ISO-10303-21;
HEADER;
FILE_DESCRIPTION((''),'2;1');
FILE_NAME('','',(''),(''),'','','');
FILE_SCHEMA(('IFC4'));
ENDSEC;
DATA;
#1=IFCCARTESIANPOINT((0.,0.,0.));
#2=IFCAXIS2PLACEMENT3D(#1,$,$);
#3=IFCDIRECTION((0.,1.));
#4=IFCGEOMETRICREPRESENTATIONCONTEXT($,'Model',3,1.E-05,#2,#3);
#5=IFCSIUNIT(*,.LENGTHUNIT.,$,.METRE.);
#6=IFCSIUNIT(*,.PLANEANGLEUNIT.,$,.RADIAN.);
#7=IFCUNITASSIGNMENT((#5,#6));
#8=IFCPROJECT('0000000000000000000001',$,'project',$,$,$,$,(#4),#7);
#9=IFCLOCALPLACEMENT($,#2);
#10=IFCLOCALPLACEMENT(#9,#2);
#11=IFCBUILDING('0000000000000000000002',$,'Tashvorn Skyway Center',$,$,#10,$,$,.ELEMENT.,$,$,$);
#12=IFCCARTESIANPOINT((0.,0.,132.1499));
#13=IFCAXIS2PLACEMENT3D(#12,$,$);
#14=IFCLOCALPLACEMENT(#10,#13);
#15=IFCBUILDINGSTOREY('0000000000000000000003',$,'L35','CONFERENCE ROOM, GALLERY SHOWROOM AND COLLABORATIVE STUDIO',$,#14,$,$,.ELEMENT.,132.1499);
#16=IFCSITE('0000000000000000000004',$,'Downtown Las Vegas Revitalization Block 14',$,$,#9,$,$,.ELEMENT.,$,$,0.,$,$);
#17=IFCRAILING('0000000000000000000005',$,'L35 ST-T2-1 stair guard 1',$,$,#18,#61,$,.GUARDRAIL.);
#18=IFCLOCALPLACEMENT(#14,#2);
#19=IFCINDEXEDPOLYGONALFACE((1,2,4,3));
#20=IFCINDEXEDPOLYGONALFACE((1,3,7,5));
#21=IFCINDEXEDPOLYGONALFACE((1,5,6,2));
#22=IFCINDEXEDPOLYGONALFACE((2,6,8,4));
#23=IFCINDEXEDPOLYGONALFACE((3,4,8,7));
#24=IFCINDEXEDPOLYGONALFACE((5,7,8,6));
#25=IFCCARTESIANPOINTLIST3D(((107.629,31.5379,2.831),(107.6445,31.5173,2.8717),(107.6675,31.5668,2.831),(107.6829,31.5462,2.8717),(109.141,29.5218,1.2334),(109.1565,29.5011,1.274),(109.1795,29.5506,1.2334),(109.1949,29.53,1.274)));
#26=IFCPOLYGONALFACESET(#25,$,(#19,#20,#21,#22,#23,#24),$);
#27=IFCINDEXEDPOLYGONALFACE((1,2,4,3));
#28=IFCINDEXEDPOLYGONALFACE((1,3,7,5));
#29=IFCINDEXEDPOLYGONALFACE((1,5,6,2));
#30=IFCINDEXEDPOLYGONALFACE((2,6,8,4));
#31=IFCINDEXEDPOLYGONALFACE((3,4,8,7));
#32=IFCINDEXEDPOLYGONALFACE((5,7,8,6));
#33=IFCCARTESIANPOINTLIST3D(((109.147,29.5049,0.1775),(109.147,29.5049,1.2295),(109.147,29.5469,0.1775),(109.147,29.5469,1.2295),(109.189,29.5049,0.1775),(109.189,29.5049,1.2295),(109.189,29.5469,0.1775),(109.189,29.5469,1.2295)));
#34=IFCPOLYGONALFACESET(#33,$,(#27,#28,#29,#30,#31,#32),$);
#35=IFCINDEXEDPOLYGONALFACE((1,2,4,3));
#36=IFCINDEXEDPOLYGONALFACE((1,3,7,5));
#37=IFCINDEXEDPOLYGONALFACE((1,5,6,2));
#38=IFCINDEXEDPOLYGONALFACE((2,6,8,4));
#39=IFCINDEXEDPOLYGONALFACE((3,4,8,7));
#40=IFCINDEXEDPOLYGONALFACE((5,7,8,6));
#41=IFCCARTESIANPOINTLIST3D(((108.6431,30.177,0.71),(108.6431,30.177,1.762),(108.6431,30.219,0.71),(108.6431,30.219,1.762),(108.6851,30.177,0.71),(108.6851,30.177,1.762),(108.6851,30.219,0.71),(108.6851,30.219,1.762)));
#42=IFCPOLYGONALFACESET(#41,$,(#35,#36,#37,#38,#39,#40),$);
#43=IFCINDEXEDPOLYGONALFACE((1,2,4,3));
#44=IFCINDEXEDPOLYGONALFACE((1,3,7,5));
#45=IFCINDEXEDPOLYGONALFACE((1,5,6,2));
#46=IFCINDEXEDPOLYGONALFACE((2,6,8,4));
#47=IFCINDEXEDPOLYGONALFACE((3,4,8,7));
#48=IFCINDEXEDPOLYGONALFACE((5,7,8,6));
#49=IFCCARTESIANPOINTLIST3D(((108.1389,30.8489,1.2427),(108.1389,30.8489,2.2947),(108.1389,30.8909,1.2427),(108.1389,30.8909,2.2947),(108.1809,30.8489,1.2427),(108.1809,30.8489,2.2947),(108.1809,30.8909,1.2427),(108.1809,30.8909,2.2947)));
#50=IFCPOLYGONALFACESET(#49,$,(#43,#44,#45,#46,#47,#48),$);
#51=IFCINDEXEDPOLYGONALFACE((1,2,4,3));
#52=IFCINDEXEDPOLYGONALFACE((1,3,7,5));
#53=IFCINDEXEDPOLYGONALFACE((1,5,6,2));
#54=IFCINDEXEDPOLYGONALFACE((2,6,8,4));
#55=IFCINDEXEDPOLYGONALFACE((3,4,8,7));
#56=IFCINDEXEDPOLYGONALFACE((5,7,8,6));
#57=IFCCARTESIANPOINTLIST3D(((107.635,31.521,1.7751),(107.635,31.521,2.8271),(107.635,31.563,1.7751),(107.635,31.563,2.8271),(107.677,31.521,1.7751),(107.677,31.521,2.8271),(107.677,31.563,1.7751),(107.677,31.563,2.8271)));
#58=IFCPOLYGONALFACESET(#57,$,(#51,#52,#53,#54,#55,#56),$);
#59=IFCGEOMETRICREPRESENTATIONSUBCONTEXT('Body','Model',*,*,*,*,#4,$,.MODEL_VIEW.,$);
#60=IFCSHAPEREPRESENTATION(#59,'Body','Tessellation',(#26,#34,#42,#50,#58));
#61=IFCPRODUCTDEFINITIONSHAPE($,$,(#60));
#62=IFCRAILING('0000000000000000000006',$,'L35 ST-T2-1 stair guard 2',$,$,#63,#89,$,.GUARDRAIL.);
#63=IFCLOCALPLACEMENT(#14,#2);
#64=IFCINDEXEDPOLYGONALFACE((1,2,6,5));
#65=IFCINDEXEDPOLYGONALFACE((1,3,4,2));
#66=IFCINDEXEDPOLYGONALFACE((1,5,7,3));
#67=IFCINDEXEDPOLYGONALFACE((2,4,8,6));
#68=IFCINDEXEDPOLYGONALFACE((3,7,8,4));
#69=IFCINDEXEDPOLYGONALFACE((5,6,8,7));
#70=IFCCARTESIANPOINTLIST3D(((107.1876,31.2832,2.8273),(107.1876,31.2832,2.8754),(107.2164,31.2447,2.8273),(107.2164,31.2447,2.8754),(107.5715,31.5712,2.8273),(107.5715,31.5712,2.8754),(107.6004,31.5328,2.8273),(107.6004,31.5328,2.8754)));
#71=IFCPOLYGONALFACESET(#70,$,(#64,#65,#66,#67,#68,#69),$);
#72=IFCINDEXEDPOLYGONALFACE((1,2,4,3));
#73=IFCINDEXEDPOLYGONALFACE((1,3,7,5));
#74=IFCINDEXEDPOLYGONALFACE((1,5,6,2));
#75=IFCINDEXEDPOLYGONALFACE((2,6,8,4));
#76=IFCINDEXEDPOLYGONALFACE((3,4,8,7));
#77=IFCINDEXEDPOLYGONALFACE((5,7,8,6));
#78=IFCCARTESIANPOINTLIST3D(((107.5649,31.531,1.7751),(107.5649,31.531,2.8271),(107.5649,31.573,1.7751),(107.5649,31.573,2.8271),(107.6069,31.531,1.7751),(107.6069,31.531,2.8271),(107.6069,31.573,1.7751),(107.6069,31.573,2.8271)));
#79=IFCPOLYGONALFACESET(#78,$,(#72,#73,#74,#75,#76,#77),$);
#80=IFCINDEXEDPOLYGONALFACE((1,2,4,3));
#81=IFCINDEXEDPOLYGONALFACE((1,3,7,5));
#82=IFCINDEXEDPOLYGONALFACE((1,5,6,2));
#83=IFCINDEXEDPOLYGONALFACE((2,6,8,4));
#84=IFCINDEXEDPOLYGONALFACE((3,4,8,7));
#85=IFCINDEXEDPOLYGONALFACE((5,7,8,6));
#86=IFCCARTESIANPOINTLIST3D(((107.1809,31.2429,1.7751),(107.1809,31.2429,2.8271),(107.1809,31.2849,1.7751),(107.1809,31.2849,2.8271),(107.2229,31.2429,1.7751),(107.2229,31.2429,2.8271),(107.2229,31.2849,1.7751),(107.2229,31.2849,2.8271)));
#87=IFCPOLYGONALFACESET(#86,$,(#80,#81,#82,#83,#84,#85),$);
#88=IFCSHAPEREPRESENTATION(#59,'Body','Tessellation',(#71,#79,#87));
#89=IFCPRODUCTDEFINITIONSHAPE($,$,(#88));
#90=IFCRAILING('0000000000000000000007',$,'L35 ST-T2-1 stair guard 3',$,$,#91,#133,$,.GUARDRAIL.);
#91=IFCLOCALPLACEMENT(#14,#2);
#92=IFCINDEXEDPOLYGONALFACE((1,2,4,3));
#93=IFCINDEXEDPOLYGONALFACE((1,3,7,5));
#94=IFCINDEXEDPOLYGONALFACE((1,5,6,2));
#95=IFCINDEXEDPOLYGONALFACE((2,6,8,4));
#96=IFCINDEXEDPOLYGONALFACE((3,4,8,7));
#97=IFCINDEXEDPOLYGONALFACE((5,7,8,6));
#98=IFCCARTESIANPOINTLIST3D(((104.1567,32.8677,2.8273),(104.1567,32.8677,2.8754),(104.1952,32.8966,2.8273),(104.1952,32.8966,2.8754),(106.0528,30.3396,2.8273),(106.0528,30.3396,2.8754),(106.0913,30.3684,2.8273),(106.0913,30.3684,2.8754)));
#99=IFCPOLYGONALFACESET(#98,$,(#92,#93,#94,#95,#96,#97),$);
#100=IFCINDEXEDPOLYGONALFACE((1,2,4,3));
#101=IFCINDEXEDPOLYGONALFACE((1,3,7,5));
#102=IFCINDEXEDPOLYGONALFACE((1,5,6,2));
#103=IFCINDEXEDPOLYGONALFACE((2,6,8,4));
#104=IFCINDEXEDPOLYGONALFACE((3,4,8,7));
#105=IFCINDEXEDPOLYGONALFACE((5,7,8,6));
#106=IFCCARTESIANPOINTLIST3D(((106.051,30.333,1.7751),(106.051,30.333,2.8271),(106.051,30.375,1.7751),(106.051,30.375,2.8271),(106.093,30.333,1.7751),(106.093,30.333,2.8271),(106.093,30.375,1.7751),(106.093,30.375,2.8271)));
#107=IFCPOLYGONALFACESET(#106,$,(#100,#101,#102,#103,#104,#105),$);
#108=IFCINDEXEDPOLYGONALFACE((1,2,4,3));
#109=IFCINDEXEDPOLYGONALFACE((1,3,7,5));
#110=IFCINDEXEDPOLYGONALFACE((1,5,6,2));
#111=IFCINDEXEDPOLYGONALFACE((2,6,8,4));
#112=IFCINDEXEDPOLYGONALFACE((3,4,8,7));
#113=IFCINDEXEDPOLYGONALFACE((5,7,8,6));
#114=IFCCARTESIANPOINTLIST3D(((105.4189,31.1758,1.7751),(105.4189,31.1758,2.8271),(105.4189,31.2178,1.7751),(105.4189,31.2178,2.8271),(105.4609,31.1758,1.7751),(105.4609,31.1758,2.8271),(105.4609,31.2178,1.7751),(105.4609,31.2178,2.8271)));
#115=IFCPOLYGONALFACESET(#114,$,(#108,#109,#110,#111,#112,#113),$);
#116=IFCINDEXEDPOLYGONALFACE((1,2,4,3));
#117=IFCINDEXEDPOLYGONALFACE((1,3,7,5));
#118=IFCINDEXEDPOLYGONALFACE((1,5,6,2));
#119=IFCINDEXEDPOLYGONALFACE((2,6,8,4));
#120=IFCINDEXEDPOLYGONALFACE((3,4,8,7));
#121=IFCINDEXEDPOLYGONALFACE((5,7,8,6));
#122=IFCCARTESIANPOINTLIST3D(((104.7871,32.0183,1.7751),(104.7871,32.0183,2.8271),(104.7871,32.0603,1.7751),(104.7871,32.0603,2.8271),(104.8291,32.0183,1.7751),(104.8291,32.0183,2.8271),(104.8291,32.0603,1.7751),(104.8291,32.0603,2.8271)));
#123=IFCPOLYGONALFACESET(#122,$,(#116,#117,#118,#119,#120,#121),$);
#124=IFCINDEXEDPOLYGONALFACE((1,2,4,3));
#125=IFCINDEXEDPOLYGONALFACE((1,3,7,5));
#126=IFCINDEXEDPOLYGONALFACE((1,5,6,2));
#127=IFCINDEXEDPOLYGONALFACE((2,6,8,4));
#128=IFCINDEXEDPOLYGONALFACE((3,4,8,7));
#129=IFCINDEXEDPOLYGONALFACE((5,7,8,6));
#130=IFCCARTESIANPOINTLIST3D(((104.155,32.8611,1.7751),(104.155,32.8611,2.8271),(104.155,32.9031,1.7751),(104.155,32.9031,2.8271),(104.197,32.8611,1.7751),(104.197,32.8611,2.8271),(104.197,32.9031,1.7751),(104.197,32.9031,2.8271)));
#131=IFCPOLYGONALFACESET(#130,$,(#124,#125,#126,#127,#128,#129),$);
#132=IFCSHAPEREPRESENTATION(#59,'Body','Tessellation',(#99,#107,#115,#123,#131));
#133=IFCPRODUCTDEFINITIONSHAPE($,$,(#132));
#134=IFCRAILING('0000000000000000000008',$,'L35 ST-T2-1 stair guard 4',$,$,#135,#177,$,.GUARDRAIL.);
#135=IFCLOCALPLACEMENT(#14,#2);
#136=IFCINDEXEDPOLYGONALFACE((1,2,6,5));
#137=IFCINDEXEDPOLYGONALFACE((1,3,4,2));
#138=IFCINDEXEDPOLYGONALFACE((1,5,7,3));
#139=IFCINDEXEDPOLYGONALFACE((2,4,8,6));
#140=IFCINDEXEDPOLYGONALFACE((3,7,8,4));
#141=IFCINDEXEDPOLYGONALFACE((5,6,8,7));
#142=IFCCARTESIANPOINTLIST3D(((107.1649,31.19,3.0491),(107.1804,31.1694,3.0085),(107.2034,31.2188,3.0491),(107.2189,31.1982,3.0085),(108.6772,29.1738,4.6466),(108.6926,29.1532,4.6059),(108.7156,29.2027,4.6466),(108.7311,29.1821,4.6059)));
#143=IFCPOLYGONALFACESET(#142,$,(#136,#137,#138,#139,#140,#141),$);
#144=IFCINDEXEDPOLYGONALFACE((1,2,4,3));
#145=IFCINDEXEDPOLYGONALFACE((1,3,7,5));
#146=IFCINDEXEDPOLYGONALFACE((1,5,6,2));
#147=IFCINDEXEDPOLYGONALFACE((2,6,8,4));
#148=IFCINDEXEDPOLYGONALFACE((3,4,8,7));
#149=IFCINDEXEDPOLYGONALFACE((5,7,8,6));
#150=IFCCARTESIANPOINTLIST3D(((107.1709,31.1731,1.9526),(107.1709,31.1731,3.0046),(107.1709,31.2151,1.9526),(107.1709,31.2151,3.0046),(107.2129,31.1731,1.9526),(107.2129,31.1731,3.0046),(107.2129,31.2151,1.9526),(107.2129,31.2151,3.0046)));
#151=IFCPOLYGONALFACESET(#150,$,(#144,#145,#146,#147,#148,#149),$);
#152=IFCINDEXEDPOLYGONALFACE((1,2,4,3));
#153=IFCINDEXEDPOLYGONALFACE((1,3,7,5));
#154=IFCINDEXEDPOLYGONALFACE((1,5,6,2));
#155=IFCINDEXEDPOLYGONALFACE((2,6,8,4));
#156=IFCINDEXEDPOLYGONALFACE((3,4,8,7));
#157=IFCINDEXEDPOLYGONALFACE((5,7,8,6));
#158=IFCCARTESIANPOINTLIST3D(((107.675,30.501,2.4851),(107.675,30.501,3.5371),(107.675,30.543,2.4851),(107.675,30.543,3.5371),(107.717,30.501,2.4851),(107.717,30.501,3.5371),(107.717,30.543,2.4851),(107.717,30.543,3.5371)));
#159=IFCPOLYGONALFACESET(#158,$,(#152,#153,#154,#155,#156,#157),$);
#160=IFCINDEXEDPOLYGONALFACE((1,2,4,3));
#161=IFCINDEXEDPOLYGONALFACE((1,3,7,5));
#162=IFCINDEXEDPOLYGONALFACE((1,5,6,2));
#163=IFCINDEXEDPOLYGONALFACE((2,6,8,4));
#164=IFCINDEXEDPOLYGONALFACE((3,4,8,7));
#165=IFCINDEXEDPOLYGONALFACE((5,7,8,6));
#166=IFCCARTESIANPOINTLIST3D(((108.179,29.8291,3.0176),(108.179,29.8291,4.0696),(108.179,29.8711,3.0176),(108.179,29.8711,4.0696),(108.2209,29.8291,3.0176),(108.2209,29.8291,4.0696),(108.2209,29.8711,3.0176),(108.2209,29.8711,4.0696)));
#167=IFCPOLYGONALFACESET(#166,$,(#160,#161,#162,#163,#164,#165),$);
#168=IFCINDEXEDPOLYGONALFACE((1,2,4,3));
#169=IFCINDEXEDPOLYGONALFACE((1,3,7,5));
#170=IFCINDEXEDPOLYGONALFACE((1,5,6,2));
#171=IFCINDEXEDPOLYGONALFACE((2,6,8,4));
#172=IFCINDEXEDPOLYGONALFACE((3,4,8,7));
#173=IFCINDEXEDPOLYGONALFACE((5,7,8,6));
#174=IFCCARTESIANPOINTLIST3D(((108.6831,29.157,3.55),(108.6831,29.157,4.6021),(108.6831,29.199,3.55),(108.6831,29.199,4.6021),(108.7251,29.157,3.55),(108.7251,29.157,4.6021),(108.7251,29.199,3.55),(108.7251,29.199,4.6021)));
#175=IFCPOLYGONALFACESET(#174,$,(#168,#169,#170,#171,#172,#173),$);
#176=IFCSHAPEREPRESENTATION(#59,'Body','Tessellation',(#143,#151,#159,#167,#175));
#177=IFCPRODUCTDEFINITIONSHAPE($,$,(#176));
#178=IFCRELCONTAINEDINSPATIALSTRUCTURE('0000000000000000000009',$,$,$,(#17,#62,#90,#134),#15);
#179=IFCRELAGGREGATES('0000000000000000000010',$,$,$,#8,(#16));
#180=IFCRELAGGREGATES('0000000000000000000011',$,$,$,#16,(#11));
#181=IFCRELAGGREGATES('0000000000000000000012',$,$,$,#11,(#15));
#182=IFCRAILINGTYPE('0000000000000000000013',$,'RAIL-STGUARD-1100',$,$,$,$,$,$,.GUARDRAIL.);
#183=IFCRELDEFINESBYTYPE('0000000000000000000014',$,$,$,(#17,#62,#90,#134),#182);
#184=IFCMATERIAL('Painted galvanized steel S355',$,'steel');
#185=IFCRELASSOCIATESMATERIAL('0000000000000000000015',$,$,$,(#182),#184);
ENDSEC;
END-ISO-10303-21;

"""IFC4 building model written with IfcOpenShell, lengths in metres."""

from ifc_helpers import new_model, si_unit, direction, frame, origin, origin_2d, place, context, subcontext, project, spatial, rectangle, extrude, material, type_object, element, save


model = new_model("IFC4")

# Units and contexts
model_context = context("Model", 3, precision=1e-05, world=origin(), true_north=direction((0.0, 1.0)))
body_context = subcontext(model_context, "Body", "Model", "MODEL_VIEW")
ifc_project = project(units=[si_unit("LENGTHUNIT", "METRE"), si_unit("PLANEANGLEUNIT", "RADIAN")], contexts=[model_context])

# Site, building, storey
site_placement = place(None, origin())
site = spatial("IfcSite", under=ifc_project, at=site_placement, Name="Downtown Las Vegas Revitalization Block 14", CompositionType="ELEMENT", RefElevation=0.0)
building_placement = place(site_placement, origin())
building = spatial("IfcBuilding", under=site, at=building_placement, Name="Tashvorn Skyway Center", CompositionType="ELEMENT")
storey_placement = place(building_placement, frame((0.0, 0.0, 132.1499)))
storey = spatial("IfcBuildingStorey", under=building, at=storey_placement, Name="L35", Description="CONFERENCE ROOM, GALLERY SHOWROOM AND COLLABORATIVE STUDIO", CompositionType="ELEMENT", Elevation=132.1499)

# Railings
ifc_material_1 = material(Name="Painted galvanized steel S355", Category="steel")
railing_type_1 = type_object("IfcRailingType", Name="RAIL-STGUARD-1100", PredefinedType="GUARDRAIL", material=ifc_material_1)
railing_1_placement = place(storey_placement, frame((109.168, 29.5259, 0.1775)))
element("IfcRailing", 1, at=railing_1_placement, inside=storey, type_object=railing_type_1, Name="L35 ST-T2-1 stair guard 1", PredefinedType="GUARDRAIL", context=body_context, shape_type="SweptSolid", body=[
    extrude(rectangle(XDim=0.0481, YDim=0.0481, at=origin_2d()), frame((0.0, 0.0, 1.0762), z_axis=(-0.506719, 0.675679, 0.535438), x_axis=(-0.800023, -0.599969, 0.0)), (0.0, 0.0, 1.0), 2.9839),
    extrude(rectangle(XDim=0.042, YDim=0.042, at=origin_2d()), origin(), (0.0, 0.0, 1.0), 1.052),
    extrude(rectangle(XDim=0.042, YDim=0.042, at=origin_2d()), frame((-0.5039, 0.6721, 0.5325)), (0.0, 0.0, 1.0), 1.052),
    extrude(rectangle(XDim=0.042, YDim=0.042, at=origin_2d()), frame((-1.0081, 1.344, 1.0652)), (0.0, 0.0, 1.0), 1.052),
    extrude(rectangle(XDim=0.042, YDim=0.042, at=origin_2d()), frame((-1.512, 2.0161, 1.5977)), (0.0, 0.0, 1.0), 1.052),
])
railing_2_placement = place(storey_placement, frame((107.5859, 31.552, 1.7751)))
element("IfcRailing", 2, at=railing_2_placement, inside=storey, type_object=railing_type_1, Name="L35 ST-T2-1 stair guard 2", PredefinedType="GUARDRAIL", context=body_context, shape_type="SweptSolid", body=[
    extrude(rectangle(XDim=0.0481, YDim=0.0481, at=origin_2d()), frame((0.0, 0.0, 1.0762), z_axis=(-0.799939, -0.600081, 0.0), x_axis=(0.600081, -0.799939, 0.0)), (0.0, 0.0, 1.0), 0.48),
    extrude(rectangle(XDim=0.042, YDim=0.042, at=origin_2d()), origin(), (0.0, 0.0, 1.0), 1.052),
    extrude(rectangle(XDim=0.042, YDim=0.042, at=origin_2d()), frame((-0.384, -0.2881, 0.0)), (0.0, 0.0, 1.0), 1.052),
])
railing_3_placement = place(storey_placement, frame((106.072, 30.354, 1.7751)))
element("IfcRailing", 3, at=railing_3_placement, inside=storey, type_object=railing_type_1, Name="L35 ST-T2-1 stair guard 3", PredefinedType="GUARDRAIL", context=body_context, shape_type="SweptSolid", body=[
    extrude(rectangle(XDim=0.0481, YDim=0.0481, at=origin_2d()), frame((0.0, 0.0, 1.0762), z_axis=(-0.599988, 0.800009, 0.0), x_axis=(-0.800009, -0.599988, 0.0)), (0.0, 0.0, 1.0), 3.1602),
    extrude(rectangle(XDim=0.042, YDim=0.042, at=origin_2d()), origin(), (0.0, 0.0, 1.0), 1.052),
    extrude(rectangle(XDim=0.042, YDim=0.042, at=origin_2d()), frame((-0.6321, 0.8428, 0.0)), (0.0, 0.0, 1.0), 1.052),
    extrude(rectangle(XDim=0.042, YDim=0.042, at=origin_2d()), frame((-1.2639, 1.6853, 0.0)), (0.0, 0.0, 1.0), 1.052),
    extrude(rectangle(XDim=0.042, YDim=0.042, at=origin_2d()), frame((-1.896, 2.5281, 0.0)), (0.0, 0.0, 1.0), 1.052),
])
railing_4_placement = place(storey_placement, frame((107.1919, 31.1941, 1.9526)))
element("IfcRailing", 4, at=railing_4_placement, inside=storey, type_object=railing_type_1, Name="L35 ST-T2-1 stair guard 4", PredefinedType="GUARDRAIL", context=body_context, shape_type="SweptSolid", body=[
    extrude(rectangle(XDim=0.0481, YDim=0.0481, at=origin_2d()), frame((0.0, 0.0, 1.0762), z_axis=(0.506802, -0.675681, 0.535357), x_axis=(0.799977, 0.600031, 0.0)), (0.0, 0.0, 1.0), 2.9839),
    extrude(rectangle(XDim=0.042, YDim=0.042, at=origin_2d()), origin(), (0.0, 0.0, 1.0), 1.052),
    extrude(rectangle(XDim=0.042, YDim=0.042, at=origin_2d()), frame((0.5042, -0.6721, 0.5325)), (0.0, 0.0, 1.0), 1.052),
    extrude(rectangle(XDim=0.042, YDim=0.042, at=origin_2d()), frame((1.0081, -1.344, 1.0649)), (0.0, 0.0, 1.0), 1.052),
    extrude(rectangle(XDim=0.042, YDim=0.042, at=origin_2d()), frame((1.5122, -2.0161, 1.5974)), (0.0, 0.0, 1.0), 1.052),
])

save(model, "model.ifc")
